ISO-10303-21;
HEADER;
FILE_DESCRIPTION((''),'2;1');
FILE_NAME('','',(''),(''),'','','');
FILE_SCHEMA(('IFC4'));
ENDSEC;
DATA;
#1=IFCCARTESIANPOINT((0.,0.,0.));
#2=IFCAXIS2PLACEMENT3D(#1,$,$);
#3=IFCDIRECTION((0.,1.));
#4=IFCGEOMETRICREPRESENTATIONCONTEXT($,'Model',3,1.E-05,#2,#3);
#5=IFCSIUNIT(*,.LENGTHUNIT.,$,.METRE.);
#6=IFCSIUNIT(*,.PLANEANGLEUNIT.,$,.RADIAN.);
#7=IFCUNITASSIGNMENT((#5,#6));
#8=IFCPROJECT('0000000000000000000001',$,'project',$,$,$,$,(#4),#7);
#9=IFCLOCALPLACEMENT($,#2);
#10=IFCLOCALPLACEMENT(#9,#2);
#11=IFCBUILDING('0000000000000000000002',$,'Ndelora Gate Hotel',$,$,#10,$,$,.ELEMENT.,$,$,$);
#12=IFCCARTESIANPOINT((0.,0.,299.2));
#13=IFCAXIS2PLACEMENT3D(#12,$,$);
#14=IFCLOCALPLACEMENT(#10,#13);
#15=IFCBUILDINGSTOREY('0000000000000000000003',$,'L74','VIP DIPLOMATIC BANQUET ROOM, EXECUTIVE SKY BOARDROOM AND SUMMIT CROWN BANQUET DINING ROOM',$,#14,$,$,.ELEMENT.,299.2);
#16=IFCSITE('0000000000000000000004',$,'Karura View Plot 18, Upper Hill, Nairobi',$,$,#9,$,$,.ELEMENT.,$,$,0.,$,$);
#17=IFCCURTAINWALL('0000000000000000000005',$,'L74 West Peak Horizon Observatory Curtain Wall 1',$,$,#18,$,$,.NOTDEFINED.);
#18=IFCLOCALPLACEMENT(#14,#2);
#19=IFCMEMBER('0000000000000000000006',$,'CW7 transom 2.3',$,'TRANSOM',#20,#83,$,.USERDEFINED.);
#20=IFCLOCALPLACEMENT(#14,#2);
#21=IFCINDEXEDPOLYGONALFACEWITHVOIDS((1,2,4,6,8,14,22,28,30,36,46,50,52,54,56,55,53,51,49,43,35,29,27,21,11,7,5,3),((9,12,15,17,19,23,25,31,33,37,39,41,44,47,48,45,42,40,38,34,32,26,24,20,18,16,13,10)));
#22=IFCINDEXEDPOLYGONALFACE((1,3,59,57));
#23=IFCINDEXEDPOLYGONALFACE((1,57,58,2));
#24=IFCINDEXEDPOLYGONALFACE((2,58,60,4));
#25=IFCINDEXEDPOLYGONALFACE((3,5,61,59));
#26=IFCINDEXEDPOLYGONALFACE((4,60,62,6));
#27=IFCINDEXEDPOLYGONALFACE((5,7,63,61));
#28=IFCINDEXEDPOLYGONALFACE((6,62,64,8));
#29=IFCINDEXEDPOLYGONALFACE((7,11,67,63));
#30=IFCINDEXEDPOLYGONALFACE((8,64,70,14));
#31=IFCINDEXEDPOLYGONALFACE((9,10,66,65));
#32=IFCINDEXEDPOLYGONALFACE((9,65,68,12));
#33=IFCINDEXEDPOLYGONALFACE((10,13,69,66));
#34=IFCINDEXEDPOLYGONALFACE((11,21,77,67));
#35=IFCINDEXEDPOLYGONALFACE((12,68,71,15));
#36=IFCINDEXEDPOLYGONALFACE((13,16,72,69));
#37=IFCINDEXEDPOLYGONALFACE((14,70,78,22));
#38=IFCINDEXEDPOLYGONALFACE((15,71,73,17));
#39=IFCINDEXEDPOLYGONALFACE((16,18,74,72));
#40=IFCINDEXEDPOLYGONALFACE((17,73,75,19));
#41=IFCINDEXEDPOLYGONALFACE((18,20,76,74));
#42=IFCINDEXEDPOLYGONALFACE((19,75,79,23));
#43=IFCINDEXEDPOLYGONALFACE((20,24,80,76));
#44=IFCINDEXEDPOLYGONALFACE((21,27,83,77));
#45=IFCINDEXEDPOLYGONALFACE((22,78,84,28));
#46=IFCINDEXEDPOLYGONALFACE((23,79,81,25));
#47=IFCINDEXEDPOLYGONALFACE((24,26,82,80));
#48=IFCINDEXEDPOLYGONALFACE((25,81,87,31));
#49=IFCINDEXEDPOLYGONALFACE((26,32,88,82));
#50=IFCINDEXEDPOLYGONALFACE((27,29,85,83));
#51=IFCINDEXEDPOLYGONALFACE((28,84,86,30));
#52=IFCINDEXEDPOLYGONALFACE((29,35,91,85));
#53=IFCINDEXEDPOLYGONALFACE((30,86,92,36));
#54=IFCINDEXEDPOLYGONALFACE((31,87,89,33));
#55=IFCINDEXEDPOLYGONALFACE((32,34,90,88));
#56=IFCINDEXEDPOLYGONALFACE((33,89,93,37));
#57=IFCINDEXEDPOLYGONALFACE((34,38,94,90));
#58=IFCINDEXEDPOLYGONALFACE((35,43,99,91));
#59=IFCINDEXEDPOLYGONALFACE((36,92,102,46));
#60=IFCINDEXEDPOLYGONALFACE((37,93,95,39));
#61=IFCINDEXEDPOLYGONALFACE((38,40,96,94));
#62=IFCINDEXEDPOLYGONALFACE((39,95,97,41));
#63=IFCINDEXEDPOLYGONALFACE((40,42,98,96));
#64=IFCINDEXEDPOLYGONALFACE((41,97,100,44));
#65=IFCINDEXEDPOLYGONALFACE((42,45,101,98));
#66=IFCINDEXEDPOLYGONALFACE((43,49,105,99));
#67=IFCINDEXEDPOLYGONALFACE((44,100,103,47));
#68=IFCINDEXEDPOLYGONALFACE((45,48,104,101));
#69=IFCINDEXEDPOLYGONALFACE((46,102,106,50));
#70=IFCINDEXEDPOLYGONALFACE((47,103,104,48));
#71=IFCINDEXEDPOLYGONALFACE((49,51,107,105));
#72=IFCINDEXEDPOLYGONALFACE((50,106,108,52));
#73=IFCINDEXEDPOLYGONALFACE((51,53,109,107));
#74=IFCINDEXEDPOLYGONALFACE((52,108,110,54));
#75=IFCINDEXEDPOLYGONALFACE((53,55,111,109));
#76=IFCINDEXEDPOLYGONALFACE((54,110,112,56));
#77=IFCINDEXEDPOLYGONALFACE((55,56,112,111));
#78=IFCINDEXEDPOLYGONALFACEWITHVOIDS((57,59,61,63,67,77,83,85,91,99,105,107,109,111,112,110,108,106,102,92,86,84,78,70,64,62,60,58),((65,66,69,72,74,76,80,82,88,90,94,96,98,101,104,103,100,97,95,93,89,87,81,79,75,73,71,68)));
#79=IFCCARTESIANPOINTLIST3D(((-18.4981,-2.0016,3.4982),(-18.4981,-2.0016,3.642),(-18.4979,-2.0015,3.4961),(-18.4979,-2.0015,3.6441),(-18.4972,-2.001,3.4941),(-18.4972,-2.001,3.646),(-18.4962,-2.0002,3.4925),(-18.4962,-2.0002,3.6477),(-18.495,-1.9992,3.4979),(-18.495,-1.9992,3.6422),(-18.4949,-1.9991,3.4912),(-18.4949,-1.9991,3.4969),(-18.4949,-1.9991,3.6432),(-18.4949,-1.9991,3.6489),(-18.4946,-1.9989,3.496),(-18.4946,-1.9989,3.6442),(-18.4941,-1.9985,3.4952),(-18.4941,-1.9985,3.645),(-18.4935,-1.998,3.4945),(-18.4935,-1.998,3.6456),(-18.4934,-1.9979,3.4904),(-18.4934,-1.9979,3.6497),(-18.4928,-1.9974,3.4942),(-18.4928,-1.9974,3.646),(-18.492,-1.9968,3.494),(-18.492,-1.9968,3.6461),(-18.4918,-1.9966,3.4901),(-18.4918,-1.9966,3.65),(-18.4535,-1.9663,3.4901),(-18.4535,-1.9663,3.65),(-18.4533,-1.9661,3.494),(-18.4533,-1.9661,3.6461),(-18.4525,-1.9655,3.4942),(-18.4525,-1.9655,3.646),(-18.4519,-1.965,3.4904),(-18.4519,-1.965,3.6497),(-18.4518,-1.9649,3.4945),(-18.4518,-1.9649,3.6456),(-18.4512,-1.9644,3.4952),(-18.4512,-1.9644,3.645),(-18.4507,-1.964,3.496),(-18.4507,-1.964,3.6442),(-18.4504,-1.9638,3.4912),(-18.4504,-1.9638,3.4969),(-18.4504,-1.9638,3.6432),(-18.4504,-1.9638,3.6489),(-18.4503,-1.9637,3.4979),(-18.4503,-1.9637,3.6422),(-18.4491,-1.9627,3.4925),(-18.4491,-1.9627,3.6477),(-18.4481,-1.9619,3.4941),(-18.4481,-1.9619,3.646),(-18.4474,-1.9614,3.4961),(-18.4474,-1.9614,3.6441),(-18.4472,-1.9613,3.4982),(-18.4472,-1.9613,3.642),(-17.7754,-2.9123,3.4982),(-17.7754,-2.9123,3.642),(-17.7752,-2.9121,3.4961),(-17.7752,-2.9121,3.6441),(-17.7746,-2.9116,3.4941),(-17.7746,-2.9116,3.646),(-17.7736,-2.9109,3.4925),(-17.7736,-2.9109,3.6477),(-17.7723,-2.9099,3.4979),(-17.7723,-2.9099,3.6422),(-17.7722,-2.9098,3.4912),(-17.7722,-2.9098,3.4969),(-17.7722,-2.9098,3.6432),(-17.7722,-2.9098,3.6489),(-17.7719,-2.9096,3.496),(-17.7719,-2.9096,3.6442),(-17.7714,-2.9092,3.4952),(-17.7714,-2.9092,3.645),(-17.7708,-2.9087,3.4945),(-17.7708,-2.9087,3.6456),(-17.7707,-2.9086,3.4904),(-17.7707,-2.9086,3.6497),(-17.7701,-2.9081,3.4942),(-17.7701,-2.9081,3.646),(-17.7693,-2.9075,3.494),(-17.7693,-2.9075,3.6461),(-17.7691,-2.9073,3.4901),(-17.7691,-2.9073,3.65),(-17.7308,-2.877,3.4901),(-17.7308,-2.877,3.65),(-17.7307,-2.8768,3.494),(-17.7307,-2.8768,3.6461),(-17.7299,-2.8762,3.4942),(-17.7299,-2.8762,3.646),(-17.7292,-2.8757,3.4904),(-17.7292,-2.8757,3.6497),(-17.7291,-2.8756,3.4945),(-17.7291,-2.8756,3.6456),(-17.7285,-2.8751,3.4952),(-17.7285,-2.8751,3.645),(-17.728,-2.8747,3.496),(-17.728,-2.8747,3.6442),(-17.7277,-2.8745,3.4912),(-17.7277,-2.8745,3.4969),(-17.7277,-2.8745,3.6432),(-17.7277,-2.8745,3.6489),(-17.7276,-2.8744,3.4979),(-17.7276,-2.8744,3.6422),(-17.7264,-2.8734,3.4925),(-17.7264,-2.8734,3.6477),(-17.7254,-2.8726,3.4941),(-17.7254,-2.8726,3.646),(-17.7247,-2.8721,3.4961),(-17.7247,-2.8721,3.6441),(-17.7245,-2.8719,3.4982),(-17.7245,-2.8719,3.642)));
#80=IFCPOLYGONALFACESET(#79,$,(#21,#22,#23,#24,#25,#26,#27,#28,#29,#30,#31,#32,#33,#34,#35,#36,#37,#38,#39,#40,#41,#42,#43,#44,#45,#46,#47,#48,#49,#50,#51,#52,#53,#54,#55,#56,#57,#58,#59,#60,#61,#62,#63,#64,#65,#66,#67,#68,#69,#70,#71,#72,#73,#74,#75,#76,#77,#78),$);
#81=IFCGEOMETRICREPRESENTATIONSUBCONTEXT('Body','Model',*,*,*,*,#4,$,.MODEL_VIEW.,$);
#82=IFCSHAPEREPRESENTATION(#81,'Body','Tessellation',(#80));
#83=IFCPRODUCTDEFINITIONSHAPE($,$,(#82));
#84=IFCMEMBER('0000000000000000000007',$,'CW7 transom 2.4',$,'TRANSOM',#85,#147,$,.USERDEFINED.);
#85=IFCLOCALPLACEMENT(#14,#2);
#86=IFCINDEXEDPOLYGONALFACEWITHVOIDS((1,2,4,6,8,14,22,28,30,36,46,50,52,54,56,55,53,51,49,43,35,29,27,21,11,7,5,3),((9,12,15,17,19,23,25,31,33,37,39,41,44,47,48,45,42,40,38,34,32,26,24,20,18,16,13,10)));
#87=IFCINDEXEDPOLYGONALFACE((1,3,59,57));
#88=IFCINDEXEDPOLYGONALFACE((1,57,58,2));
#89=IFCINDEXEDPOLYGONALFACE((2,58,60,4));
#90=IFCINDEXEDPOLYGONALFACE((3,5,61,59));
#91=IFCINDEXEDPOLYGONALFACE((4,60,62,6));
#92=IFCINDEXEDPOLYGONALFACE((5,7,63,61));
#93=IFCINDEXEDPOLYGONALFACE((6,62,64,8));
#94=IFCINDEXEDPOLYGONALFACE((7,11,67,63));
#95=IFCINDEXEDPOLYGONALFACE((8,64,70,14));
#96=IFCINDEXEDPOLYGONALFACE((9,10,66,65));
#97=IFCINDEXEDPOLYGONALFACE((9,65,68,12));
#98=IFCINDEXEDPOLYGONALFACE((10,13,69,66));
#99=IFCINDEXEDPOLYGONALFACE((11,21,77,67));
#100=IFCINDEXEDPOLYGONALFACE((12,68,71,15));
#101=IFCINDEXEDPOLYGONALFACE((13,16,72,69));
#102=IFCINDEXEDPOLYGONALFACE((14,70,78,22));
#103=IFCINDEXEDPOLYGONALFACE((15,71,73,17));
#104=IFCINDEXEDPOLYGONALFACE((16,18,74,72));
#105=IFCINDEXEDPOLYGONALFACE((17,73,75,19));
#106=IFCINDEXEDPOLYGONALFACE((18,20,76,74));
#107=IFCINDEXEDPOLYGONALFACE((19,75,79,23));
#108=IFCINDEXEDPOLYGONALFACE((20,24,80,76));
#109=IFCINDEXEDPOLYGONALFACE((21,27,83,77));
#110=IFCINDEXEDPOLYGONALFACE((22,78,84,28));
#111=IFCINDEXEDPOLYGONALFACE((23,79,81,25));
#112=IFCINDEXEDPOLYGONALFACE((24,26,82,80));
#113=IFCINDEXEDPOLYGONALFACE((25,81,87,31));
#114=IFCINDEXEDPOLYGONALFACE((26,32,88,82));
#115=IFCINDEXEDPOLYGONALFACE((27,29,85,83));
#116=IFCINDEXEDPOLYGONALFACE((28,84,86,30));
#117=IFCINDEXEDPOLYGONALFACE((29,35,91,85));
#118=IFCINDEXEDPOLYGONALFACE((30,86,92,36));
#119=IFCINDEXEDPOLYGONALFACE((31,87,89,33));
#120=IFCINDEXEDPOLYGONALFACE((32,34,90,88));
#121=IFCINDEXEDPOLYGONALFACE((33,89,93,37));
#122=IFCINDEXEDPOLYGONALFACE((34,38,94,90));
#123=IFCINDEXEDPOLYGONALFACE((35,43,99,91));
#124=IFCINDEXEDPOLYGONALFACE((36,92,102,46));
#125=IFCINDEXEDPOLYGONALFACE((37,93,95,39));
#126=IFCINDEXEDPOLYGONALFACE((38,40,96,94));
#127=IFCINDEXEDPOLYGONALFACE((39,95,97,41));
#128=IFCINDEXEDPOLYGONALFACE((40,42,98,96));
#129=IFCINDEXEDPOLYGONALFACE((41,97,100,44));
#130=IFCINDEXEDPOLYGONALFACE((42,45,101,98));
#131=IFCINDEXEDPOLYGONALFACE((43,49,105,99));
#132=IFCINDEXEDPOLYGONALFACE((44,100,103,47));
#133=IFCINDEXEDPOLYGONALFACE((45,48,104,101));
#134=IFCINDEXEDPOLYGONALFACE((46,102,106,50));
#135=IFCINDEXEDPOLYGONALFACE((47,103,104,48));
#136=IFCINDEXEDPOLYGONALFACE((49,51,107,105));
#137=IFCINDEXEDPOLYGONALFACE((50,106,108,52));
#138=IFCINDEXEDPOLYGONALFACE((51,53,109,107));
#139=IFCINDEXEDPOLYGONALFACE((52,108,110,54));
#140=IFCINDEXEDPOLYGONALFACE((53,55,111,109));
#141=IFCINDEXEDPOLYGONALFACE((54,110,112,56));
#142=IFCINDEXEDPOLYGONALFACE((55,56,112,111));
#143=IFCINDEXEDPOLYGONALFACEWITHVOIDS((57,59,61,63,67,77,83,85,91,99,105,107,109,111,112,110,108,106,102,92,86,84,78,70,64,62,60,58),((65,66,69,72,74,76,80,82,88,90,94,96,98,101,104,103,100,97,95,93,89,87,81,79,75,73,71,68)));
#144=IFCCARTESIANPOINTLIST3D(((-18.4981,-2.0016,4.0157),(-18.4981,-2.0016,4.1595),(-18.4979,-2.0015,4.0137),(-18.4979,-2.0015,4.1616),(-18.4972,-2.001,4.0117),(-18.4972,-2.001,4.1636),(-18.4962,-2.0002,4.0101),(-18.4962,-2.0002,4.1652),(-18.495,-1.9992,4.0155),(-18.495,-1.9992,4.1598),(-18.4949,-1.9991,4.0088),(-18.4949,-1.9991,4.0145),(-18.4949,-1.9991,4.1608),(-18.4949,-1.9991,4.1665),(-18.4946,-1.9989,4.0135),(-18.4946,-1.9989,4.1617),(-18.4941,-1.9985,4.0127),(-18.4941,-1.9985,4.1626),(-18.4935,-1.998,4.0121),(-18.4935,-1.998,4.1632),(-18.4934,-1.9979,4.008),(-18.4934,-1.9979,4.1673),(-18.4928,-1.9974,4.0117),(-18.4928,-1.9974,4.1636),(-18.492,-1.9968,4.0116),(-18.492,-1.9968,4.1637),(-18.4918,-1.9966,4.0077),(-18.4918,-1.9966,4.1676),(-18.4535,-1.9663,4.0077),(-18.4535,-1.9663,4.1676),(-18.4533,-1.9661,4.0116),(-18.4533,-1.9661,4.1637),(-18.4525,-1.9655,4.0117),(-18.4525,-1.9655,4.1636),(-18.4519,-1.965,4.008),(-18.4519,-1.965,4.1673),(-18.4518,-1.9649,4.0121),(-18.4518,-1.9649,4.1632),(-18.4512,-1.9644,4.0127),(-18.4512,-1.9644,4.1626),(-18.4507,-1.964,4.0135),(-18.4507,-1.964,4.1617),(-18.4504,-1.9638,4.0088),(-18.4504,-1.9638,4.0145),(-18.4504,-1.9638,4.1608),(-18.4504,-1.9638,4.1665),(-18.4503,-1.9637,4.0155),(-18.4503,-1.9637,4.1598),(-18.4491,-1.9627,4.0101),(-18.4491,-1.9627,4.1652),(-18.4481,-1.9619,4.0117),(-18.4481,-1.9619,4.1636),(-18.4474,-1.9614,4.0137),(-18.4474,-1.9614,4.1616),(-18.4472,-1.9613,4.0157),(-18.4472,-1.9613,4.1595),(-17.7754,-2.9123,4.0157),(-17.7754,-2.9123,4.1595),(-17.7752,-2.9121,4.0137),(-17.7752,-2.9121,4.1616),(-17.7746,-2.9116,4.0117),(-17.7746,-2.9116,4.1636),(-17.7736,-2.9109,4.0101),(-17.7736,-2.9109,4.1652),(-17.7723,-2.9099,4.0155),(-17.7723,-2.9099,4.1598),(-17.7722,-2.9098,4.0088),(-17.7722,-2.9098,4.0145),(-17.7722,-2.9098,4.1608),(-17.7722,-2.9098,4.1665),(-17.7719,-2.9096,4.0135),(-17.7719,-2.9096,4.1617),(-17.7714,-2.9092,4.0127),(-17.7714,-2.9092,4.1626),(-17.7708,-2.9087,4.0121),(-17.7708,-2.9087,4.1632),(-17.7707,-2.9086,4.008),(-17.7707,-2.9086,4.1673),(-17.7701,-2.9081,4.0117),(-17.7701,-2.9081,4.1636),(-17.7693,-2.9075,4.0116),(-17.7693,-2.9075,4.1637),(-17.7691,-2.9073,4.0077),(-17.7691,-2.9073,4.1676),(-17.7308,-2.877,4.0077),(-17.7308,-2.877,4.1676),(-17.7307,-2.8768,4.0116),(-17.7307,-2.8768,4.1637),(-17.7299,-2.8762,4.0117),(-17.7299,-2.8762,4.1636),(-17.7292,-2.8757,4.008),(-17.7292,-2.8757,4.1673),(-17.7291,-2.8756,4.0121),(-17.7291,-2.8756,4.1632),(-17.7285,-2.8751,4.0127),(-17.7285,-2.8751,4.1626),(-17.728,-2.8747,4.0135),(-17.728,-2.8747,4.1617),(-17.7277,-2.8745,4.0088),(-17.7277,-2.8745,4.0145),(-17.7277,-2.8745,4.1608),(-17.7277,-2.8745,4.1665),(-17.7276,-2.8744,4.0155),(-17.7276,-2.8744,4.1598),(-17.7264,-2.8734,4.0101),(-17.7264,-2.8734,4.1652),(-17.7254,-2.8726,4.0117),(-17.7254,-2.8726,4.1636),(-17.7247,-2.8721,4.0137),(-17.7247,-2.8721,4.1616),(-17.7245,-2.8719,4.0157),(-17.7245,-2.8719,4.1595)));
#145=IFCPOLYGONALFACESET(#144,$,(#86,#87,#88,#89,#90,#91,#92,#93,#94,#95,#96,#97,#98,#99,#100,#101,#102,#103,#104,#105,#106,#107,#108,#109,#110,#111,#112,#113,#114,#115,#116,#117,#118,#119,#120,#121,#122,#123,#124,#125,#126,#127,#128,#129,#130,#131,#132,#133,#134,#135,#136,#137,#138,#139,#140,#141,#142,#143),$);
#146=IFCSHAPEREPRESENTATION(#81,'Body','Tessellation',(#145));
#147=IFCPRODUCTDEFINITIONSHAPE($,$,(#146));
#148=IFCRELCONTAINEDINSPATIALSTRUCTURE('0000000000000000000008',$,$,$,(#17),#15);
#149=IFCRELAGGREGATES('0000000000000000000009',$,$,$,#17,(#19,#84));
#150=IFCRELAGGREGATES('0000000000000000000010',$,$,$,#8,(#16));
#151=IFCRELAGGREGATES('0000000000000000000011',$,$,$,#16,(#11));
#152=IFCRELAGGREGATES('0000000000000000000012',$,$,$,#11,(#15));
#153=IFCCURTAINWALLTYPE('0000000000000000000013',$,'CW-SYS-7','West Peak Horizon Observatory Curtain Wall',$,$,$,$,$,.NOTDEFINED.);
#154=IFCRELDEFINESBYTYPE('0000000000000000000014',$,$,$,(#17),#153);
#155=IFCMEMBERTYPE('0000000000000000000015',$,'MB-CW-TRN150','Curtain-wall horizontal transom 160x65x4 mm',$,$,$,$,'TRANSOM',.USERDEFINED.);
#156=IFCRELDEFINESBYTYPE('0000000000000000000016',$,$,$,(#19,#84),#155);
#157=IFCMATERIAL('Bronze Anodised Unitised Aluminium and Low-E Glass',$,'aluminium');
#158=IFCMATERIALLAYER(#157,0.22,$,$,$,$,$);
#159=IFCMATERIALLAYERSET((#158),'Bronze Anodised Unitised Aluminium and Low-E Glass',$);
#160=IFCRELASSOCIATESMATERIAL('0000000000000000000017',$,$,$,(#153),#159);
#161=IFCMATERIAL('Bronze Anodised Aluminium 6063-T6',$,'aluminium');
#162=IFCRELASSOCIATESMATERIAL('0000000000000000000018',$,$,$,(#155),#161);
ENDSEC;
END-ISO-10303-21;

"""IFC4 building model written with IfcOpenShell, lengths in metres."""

from ifc_helpers import new_model, si_unit, direction, frame, origin, origin_2d, place, context, subcontext, project, spatial, hollow_rectangle, extrude, material, layer, layer_set, material_profile, profile_set, type_object, element, aggregate, save


model = new_model("IFC4")

# Units and contexts
model_context = context("Model", 3, precision=1e-05, world=origin(), true_north=direction((0.0, 1.0)))
body_context = subcontext(model_context, "Body", "Model", "MODEL_VIEW")
ifc_project = project(units=[si_unit("LENGTHUNIT", "METRE"), si_unit("PLANEANGLEUNIT", "RADIAN")], contexts=[model_context])

# Site, building, storey
site_placement = place(None, origin())
site = spatial("IfcSite", under=ifc_project, at=site_placement, Name="Karura View Plot 18, Upper Hill, Nairobi", CompositionType="ELEMENT", RefElevation=0.0)
building_placement = place(site_placement, origin())
building = spatial("IfcBuilding", under=site, at=building_placement, Name="Ndelora Gate Hotel", CompositionType="ELEMENT")
storey_placement = place(building_placement, frame((0.0, 0.0, 299.2)))
storey = spatial("IfcBuildingStorey", under=building, at=storey_placement, Name="L74", Description="VIP DIPLOMATIC BANQUET ROOM, EXECUTIVE SKY BOARDROOM AND SUMMIT CROWN BANQUET DINING ROOM", CompositionType="ELEMENT", Elevation=299.2)

# Curtain wall
ifc_material_1 = material(Name="Bronze Anodised Unitised Aluminium and Low-E Glass", Category="aluminium")
ifc_layer_1 = layer(ifc_material_1, 0.22)
ifc_layer_set_1 = layer_set([ifc_layer_1], Name="Bronze Anodised Unitised Aluminium and Low-E Glass")
curtain_wall_type = type_object("IfcCurtainWallType", Name="CW-SYS-7", Description="West Peak Horizon Observatory Curtain Wall", PredefinedType="NOTDEFINED", material=ifc_layer_set_1)
curtain_wall_1_placement = place(storey_placement, origin())
curtain_wall_1 = element("IfcCurtainWall", 1, at=curtain_wall_1_placement, inside=storey, type_object=curtain_wall_type, Name="L74 West Peak Horizon Observatory Curtain Wall 1", PredefinedType="NOTDEFINED")
ifc_material_2 = material(Name="Bronze Anodised Aluminium 6063-T6", Category="aluminium")

# Members
ifc_material_profile_1 = material_profile(ifc_material_2, hollow_rectangle(XDim=0.0649, YDim=0.1599, WallThickness=0.0039, InnerFilletRadius=0.0039, OuterFilletRadius=0.0081, at=origin_2d()), Name="ALU 160x65x4")
ifc_profile_set_1 = profile_set([ifc_material_profile_1], Name="Bronze Anodised Aluminium 6063-T6")
member_type_1 = type_object("IfcMemberType", Name="MB-CW-TRN150", Description="Curtain-wall horizontal transom 160x65x4 mm", ElementType="TRANSOM", PredefinedType="USERDEFINED", material=ifc_profile_set_1)
member_1_placement = place(storey_placement, frame((-18.4727, -1.9814, 3.5701), z_axis=(0.621617, -0.783321, 0.0), x_axis=(0.783321, 0.621617, 0.0)))
member_1 = element("IfcMember", 2, at=member_1_placement, type_object=member_type_1, Name="CW7 transom 2.3", ObjectType="TRANSOM", PredefinedType="USERDEFINED", context=body_context, shape_type="SweptSolid", body=[
    extrude(hollow_rectangle(XDim=0.0649, YDim=0.1599, WallThickness=0.0039, InnerFilletRadius=0.0039, OuterFilletRadius=0.0081, at=origin_2d()), origin(), (0.0, 0.0, 1.0), 1.1626),
])
member_2_placement = place(storey_placement, frame((-18.4727, -1.9814, 4.0876), z_axis=(0.621617, -0.783321, 0.0), x_axis=(0.783321, 0.621617, 0.0)))
member_2 = element("IfcMember", 3, at=member_2_placement, type_object=member_type_1, Name="CW7 transom 2.4", ObjectType="TRANSOM", PredefinedType="USERDEFINED", context=body_context, shape_type="SweptSolid", body=[
    extrude(hollow_rectangle(XDim=0.0649, YDim=0.1599, WallThickness=0.0039, InnerFilletRadius=0.0039, OuterFilletRadius=0.0081, at=origin_2d()), origin(), (0.0, 0.0, 1.0), 1.1626),
])

aggregate(curtain_wall_1, [member_1, member_2])

save(model, "model.ifc")
